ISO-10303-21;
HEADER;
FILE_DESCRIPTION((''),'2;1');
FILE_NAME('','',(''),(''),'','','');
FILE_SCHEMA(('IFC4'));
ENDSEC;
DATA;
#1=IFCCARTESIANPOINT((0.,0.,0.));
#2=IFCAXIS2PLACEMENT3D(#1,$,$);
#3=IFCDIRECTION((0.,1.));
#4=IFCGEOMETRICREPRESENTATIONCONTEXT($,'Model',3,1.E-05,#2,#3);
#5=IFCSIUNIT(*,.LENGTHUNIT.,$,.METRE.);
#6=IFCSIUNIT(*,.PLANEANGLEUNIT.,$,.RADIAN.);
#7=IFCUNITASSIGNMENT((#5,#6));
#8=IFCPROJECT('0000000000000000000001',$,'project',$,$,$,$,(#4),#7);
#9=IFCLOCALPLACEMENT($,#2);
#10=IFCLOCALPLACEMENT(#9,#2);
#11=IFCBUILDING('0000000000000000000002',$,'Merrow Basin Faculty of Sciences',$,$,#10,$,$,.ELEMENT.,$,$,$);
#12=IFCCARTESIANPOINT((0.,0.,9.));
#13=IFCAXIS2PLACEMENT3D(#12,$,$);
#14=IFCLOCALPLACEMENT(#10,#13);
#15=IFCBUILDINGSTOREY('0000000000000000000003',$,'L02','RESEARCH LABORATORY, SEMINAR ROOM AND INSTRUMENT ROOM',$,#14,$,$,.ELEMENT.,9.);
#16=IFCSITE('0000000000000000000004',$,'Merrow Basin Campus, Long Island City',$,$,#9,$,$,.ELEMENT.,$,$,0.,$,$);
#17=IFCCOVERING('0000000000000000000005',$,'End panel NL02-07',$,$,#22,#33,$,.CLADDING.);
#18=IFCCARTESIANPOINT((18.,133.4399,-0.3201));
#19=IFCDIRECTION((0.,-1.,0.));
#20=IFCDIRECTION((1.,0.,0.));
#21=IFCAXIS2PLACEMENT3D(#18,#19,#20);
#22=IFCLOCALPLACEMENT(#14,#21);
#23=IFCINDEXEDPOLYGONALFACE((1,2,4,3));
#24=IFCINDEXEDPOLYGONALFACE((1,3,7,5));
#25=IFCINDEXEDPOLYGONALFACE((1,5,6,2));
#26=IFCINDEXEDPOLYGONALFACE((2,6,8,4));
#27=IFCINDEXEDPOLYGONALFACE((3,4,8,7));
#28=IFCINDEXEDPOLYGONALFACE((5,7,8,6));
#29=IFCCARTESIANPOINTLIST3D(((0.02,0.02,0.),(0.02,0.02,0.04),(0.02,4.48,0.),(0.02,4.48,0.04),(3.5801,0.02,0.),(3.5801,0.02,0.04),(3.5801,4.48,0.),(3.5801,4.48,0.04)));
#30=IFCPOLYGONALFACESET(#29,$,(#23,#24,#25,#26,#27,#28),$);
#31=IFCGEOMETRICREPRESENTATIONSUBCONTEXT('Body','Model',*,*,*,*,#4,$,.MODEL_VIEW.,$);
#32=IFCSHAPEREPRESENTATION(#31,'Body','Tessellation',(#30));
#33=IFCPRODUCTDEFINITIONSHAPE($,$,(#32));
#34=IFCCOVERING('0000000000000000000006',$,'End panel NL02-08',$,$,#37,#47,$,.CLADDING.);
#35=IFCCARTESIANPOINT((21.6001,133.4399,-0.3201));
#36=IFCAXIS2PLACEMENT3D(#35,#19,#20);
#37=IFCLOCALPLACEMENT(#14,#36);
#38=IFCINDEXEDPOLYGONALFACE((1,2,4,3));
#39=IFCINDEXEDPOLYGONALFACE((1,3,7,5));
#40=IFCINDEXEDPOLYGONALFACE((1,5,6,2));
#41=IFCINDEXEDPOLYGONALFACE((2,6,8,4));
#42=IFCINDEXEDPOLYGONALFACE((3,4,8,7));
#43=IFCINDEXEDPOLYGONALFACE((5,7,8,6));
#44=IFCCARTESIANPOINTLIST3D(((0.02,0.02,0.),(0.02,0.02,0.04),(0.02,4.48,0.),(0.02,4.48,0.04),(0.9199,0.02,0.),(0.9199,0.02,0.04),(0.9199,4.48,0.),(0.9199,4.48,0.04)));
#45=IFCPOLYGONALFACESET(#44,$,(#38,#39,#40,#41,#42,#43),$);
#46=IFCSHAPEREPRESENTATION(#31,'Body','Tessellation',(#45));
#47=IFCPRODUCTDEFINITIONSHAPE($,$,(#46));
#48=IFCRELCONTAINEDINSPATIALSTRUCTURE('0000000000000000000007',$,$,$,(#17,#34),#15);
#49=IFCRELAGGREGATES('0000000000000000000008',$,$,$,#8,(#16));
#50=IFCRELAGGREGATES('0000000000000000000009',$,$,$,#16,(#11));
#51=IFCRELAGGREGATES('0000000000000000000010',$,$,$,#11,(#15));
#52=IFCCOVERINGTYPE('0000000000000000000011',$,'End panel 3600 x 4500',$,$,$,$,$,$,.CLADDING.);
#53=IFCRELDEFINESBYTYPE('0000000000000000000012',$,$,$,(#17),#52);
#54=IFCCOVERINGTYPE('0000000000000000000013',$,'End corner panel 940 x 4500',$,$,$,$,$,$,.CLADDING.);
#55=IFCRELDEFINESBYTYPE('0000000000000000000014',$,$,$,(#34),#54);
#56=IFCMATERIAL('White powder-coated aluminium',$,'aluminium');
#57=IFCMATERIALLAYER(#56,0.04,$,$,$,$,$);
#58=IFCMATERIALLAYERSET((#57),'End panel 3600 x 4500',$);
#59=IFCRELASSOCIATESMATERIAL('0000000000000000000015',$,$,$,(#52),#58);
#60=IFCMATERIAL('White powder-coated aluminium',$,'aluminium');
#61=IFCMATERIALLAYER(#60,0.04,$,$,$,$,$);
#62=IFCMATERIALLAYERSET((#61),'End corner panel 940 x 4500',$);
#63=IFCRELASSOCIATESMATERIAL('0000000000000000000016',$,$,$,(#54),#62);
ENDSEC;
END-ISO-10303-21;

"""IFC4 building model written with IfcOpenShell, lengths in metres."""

from ifc_helpers import new_model, si_unit, direction, frame, origin, place, context, subcontext, project, spatial, polyline, outline, extrude, source, transform, mapped, material, layer, layer_set, type_object, element, save


model = new_model("IFC4")

# Units and contexts
model_context = context("Model", 3, precision=1e-05, world=origin(), true_north=direction((0.0, 1.0)))
body_context = subcontext(model_context, "Body", "Model", "MODEL_VIEW")
ifc_project = project(units=[si_unit("LENGTHUNIT", "METRE"), si_unit("PLANEANGLEUNIT", "RADIAN")], contexts=[model_context])

# Site, building, storey
site_placement = place(None, origin())
site = spatial("IfcSite", under=ifc_project, at=site_placement, Name="Merrow Basin Campus, Long Island City", CompositionType="ELEMENT", RefElevation=0.0)
building_placement = place(site_placement, origin())
building = spatial("IfcBuilding", under=site, at=building_placement, Name="Merrow Basin Faculty of Sciences", CompositionType="ELEMENT")
storey_placement = place(building_placement, frame((0.0, 0.0, 9.0)))
storey = spatial("IfcBuildingStorey", under=building, at=storey_placement, Name="L02", Description="RESEARCH LABORATORY, SEMINAR ROOM AND INSTRUMENT ROOM", CompositionType="ELEMENT", Elevation=9.0)

# Coverings
ifc_material_1 = material(Name="White powder-coated aluminium", Category="aluminium")
ifc_layer_1 = layer(ifc_material_1, 0.04)
ifc_layer_set_1 = layer_set([ifc_layer_1], Name="End panel 3600 x 4500")
covering_type_1 = type_object("IfcCoveringType", Name="End panel 3600 x 4500", PredefinedType="CLADDING", material=ifc_layer_set_1)
shared_shape_1 = source(origin(), body_context, "Body", "SweptSolid", [
    extrude(outline(polyline([(0.02, 0.02), (3.5801, 0.02), (3.5801, 4.48), (0.02, 4.48), (0.02, 0.02)])), origin(), (0.0, 0.0, 1.0), 0.04),
])
covering_1_placement = place(storey_placement, frame((18.0, 133.4399, -0.3201), z_axis=(0.0, -1.0, 0.0), x_axis=(1.0, 0.0, 0.0)))
element("IfcCovering", 1, at=covering_1_placement, inside=storey, type_object=covering_type_1, Name="End panel NL02-07", PredefinedType="CLADDING", context=body_context, shape_type="MappedRepresentation", body=[
    mapped(shared_shape_1, transform((0.0, 0.0, 0.0), scale=1.0)),
])
ifc_material_2 = material(Name="White powder-coated aluminium", Category="aluminium")
ifc_layer_2 = layer(ifc_material_2, 0.04)
ifc_layer_set_2 = layer_set([ifc_layer_2], Name="End corner panel 940 x 4500")
covering_type_2 = type_object("IfcCoveringType", Name="End corner panel 940 x 4500", PredefinedType="CLADDING", material=ifc_layer_set_2)
shared_shape_2 = source(origin(), body_context, "Body", "SweptSolid", [
    extrude(outline(polyline([(0.02, 0.02), (0.9199, 0.02), (0.9199, 4.48), (0.02, 4.48), (0.02, 0.02)])), origin(), (0.0, 0.0, 1.0), 0.04),
])
covering_2_placement = place(storey_placement, frame((21.6001, 133.4399, -0.3201), z_axis=(0.0, -1.0, 0.0), x_axis=(1.0, 0.0, 0.0)))
element("IfcCovering", 2, at=covering_2_placement, inside=storey, type_object=covering_type_2, Name="End panel NL02-08", PredefinedType="CLADDING", context=body_context, shape_type="MappedRepresentation", body=[
    mapped(shared_shape_2, transform((0.0, 0.0, 0.0), scale=1.0)),
])

save(model, "model.ifc")
